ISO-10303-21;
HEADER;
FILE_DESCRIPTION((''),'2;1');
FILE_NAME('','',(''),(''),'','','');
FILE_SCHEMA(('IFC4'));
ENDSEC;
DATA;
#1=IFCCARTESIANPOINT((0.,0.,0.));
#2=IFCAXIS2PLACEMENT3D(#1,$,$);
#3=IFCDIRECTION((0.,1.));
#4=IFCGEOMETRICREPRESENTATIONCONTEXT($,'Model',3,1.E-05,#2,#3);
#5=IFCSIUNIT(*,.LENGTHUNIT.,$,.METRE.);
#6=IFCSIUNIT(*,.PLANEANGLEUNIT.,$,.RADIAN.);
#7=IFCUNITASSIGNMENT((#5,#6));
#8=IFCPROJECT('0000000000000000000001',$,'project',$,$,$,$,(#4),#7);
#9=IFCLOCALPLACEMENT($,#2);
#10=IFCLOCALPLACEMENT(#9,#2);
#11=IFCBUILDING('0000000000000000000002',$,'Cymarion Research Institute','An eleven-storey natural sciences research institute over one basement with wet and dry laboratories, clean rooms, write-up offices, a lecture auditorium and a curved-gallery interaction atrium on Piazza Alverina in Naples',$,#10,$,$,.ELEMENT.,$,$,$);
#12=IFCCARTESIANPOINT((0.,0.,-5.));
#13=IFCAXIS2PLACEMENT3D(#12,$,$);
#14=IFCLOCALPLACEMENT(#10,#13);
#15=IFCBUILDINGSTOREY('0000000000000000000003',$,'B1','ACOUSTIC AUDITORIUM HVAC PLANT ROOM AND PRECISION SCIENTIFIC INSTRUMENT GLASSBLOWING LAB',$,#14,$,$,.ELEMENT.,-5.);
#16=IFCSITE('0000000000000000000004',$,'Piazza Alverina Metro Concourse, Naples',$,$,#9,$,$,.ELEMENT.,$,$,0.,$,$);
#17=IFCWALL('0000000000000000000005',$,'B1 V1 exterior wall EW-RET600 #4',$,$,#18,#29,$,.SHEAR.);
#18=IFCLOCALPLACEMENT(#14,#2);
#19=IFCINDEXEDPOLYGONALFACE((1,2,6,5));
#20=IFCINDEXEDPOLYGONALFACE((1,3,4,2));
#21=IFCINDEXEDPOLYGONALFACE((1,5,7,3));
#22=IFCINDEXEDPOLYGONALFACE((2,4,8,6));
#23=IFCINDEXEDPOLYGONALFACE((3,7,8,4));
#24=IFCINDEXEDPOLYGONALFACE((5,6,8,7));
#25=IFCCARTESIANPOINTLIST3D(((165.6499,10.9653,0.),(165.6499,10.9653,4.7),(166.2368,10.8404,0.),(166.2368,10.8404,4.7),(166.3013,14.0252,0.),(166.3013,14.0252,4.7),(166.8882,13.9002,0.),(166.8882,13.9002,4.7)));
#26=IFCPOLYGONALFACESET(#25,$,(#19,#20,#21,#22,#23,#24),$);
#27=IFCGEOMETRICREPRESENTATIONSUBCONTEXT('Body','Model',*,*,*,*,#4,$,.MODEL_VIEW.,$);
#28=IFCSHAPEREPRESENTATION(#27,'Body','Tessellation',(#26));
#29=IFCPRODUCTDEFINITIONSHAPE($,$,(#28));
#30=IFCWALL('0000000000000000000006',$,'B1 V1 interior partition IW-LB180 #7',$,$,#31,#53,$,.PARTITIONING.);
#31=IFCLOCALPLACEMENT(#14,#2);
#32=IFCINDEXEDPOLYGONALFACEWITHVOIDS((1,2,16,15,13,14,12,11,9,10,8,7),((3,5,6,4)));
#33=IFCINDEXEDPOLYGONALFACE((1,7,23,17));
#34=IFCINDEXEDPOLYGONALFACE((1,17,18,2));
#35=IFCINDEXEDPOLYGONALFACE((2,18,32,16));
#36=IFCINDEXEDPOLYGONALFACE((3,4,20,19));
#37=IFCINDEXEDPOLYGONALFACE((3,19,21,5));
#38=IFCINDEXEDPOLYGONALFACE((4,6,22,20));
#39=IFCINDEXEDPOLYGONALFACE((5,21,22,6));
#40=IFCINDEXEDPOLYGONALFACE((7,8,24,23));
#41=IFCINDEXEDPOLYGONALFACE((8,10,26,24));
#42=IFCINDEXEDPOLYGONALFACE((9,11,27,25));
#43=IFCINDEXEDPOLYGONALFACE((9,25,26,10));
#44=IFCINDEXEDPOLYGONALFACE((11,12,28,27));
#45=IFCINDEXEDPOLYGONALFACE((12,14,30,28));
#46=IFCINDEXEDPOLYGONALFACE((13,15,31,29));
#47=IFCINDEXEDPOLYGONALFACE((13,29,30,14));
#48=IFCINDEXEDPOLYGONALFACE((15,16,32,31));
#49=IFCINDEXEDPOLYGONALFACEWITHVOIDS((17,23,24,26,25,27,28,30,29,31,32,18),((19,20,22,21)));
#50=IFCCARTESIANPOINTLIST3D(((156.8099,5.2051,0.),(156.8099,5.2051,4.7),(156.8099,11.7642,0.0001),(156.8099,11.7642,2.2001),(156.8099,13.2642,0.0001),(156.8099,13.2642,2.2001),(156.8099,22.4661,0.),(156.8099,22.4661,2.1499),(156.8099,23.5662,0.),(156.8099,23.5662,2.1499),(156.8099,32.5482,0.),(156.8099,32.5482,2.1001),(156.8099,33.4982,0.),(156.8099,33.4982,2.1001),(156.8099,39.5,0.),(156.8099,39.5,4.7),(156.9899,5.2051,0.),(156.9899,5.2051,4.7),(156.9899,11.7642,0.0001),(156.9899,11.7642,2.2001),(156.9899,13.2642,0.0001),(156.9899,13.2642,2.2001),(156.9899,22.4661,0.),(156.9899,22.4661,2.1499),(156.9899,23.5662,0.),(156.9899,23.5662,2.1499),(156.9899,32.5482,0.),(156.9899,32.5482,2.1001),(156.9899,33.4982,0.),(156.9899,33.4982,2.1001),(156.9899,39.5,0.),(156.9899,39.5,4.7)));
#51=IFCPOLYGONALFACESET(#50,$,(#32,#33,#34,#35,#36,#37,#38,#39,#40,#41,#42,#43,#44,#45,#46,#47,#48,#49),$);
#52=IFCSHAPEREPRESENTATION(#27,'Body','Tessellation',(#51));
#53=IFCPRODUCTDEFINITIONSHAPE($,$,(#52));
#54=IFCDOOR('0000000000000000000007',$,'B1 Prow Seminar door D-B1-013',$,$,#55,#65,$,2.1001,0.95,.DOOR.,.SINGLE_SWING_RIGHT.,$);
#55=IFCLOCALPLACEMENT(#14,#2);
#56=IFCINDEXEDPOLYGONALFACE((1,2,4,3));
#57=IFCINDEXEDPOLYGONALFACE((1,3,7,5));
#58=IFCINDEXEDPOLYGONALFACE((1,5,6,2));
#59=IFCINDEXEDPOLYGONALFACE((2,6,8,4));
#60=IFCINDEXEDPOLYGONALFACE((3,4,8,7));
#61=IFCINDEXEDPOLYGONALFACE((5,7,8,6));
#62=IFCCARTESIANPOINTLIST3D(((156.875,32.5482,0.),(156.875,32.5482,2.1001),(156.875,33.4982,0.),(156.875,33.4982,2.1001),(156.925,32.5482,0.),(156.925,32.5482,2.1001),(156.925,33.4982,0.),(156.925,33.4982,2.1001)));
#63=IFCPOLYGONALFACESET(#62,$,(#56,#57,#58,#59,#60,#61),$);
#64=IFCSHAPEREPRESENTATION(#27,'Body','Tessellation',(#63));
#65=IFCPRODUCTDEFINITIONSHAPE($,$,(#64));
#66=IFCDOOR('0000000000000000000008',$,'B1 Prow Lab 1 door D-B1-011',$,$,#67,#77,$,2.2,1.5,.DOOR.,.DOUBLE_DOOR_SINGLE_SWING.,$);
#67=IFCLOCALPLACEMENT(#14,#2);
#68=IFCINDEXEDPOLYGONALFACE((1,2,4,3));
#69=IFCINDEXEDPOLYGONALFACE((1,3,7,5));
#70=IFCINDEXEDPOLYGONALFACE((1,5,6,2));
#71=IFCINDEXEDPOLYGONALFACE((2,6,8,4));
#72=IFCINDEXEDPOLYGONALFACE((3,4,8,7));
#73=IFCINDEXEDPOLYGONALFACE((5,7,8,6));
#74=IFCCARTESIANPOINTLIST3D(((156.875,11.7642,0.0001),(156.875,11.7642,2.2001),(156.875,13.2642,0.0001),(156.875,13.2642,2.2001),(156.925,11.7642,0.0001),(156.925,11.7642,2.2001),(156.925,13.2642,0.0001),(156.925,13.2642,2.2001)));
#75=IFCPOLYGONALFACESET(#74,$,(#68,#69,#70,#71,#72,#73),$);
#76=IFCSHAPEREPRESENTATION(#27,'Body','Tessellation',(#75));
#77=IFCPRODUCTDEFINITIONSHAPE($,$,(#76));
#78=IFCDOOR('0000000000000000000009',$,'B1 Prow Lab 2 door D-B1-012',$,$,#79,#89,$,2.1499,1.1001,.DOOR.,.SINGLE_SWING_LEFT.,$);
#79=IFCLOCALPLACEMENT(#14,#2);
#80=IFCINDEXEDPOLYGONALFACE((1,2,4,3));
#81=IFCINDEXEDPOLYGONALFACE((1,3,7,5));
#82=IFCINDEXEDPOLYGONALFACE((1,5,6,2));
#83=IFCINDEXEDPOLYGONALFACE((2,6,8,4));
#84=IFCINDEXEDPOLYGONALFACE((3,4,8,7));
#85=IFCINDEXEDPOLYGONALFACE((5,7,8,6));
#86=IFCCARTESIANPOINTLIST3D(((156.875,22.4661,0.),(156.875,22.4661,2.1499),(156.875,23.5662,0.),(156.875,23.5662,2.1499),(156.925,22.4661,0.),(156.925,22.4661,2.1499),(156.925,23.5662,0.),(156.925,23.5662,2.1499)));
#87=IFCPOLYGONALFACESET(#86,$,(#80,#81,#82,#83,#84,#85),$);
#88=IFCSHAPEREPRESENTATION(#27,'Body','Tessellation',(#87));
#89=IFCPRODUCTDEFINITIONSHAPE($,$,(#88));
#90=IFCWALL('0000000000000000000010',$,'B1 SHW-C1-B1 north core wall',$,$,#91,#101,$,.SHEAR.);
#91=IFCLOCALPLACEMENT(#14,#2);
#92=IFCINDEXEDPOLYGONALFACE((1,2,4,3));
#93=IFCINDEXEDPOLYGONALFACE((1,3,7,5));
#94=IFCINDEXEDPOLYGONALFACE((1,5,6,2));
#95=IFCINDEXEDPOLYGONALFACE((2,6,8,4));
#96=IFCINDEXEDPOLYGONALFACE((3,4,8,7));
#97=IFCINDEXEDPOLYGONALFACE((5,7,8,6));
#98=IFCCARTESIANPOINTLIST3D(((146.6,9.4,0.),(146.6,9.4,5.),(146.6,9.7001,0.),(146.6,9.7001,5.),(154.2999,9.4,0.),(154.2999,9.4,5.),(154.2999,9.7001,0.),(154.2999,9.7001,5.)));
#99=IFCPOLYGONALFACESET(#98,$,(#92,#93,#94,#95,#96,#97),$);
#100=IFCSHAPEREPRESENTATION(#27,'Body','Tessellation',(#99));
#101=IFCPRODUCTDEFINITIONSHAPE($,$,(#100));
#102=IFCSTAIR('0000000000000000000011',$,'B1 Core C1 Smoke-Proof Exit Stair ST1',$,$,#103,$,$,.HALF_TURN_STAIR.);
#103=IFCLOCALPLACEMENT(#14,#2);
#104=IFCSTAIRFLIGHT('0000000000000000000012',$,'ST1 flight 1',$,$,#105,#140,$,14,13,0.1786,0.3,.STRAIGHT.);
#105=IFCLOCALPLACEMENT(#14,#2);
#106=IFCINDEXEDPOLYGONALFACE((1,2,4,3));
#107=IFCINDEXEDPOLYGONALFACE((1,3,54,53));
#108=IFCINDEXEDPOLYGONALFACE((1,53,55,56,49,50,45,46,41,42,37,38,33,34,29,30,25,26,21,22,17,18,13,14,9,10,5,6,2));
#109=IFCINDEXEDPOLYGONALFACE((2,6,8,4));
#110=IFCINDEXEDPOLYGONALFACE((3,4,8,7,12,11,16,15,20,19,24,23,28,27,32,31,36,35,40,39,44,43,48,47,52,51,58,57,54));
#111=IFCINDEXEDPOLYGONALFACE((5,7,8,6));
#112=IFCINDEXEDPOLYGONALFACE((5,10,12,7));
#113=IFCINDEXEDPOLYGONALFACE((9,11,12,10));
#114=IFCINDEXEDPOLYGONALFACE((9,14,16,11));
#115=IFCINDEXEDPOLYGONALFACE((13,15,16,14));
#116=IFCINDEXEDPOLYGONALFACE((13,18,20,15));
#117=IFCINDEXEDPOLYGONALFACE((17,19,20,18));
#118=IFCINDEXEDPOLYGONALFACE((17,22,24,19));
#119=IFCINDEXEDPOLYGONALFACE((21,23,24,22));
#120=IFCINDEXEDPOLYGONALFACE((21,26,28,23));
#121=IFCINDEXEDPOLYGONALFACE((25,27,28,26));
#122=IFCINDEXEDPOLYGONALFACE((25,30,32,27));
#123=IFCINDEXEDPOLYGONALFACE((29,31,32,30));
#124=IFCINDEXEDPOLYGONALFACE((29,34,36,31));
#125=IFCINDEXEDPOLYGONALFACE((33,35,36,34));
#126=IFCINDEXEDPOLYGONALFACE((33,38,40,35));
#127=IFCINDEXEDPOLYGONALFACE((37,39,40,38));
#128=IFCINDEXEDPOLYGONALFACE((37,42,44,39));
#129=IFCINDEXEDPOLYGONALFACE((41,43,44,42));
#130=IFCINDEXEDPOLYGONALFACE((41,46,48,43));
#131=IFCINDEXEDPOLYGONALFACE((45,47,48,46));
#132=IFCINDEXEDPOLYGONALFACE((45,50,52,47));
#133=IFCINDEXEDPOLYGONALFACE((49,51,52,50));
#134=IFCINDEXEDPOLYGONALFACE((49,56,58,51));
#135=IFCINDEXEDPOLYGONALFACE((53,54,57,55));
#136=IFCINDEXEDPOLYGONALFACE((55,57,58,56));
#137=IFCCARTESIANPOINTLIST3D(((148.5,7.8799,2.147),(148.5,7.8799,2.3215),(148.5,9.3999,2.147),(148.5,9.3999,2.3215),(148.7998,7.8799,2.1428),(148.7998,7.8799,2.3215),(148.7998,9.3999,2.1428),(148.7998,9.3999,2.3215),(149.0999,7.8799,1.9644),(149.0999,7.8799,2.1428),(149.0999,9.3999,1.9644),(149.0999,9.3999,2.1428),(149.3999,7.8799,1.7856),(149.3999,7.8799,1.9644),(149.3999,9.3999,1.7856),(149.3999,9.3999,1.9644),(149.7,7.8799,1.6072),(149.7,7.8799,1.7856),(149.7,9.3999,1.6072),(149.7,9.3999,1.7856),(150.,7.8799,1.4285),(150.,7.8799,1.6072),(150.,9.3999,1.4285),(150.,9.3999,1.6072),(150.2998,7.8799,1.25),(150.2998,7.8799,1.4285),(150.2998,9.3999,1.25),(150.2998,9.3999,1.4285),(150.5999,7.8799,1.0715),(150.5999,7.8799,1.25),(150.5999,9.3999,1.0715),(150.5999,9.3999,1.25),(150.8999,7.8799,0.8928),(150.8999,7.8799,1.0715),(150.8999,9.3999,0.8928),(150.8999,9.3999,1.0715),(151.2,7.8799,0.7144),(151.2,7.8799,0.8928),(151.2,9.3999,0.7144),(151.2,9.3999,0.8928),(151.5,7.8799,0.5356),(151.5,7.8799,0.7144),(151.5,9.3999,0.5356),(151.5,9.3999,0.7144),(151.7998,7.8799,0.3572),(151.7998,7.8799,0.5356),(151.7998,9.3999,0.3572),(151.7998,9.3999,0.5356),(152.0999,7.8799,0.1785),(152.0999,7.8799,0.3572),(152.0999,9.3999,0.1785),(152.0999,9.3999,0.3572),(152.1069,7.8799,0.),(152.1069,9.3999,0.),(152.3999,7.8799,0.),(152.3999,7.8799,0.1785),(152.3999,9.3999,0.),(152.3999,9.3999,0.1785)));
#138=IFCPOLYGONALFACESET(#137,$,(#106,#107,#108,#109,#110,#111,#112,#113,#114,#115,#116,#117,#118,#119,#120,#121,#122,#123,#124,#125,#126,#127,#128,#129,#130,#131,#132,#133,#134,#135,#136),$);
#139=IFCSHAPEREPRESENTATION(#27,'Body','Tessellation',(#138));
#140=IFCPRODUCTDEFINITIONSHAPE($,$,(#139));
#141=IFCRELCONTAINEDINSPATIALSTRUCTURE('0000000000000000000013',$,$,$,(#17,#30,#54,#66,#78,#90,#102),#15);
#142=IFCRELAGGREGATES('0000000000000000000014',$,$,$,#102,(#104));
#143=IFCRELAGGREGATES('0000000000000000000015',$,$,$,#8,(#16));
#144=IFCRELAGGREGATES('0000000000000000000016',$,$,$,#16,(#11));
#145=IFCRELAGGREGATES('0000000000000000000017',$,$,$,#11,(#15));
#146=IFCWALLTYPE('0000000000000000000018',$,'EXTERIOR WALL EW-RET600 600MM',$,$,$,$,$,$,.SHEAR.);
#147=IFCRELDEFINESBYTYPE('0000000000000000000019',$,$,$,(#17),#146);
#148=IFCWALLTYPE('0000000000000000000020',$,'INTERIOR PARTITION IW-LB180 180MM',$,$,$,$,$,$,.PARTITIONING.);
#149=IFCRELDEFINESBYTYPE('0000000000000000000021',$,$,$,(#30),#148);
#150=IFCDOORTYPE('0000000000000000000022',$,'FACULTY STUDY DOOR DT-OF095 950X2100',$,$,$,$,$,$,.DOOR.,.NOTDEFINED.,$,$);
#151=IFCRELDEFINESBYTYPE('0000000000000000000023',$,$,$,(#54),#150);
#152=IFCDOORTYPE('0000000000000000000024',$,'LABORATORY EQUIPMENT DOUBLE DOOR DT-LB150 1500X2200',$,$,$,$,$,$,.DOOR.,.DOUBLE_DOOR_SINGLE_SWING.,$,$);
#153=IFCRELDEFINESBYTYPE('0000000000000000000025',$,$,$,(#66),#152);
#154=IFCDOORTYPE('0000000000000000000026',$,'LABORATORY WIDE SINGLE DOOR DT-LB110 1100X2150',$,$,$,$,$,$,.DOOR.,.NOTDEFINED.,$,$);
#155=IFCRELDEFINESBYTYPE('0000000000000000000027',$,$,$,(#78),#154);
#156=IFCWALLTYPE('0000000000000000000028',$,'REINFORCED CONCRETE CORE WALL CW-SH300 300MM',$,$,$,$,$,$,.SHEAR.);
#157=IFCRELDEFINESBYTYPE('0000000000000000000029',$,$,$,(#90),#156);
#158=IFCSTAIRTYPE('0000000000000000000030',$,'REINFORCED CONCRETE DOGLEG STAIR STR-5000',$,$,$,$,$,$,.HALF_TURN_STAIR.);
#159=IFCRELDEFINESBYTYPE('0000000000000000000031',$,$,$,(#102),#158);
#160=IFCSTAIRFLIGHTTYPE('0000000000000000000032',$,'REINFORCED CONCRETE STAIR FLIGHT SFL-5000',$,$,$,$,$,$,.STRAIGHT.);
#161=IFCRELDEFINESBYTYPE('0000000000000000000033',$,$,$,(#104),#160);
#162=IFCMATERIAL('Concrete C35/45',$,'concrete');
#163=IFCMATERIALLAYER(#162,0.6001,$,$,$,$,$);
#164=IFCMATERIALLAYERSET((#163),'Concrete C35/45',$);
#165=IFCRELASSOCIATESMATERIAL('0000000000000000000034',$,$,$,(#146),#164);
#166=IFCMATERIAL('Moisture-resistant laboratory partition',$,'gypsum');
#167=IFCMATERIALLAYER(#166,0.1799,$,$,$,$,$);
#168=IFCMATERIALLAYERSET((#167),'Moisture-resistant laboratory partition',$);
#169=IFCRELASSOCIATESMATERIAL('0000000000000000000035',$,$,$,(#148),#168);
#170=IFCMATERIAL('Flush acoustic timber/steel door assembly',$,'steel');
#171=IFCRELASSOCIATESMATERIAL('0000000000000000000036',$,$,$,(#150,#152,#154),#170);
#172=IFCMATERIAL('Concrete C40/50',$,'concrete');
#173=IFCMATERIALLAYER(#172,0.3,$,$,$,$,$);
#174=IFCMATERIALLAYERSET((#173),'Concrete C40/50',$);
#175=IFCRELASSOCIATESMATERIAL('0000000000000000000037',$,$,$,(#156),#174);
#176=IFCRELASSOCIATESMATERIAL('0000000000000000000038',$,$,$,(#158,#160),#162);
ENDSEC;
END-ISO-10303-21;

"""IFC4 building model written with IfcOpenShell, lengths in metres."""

from ifc_helpers import new_model, si_unit, direction, frame, frame_2d, origin, place, context, subcontext, project, spatial, polyline, rectangle, outline, extrude, material, layer, layer_set, type_object, element, fill, aggregate, save


model = new_model("IFC4")

# Units and contexts
model_context = context("Model", 3, precision=1e-05, world=origin(), true_north=direction((0.0, 1.0)))
body_context = subcontext(model_context, "Body", "Model", "MODEL_VIEW")
ifc_project = project(units=[si_unit("LENGTHUNIT", "METRE"), si_unit("PLANEANGLEUNIT", "RADIAN")], contexts=[model_context])

# Site, building, storey
site_placement = place(None, origin())
site = spatial("IfcSite", under=ifc_project, at=site_placement, Name="Piazza Alverina Metro Concourse, Naples", CompositionType="ELEMENT", RefElevation=0.0)
building_placement = place(site_placement, origin())
building = spatial("IfcBuilding", under=site, at=building_placement, Name="Cymarion Research Institute", Description="An eleven-storey natural sciences research institute over one basement with wet and dry laboratories, clean rooms, write-up offices, a lecture auditorium and a curved-gallery interaction atrium on Piazza Alverina in Naples", CompositionType="ELEMENT")
storey_placement = place(building_placement, frame((0.0, 0.0, -5.0)))
storey = spatial("IfcBuildingStorey", under=building, at=storey_placement, Name="B1", Description="ACOUSTIC AUDITORIUM HVAC PLANT ROOM AND PRECISION SCIENTIFIC INSTRUMENT GLASSBLOWING LAB", CompositionType="ELEMENT", Elevation=-5.0)

# Shared definitions
ifc_material_1 = material(Name="Concrete C35/45", Category="concrete")

# Wall
ifc_layer_1 = layer(ifc_material_1, 0.6001)
ifc_layer_set_1 = layer_set([ifc_layer_1], Name="Concrete C35/45")
wall_type_1 = type_object("IfcWallType", Name="EXTERIOR WALL EW-RET600 600MM", PredefinedType="SHEAR", material=ifc_layer_set_1)
wall_1_placement = place(storey_placement, frame((165.9434, 10.9028, 0.0), z_axis=(0.0, 0.0, 1.0), x_axis=(0.208212, 0.978084, 0.0)))
element("IfcWall", 1, at=wall_1_placement, inside=storey, type_object=wall_type_1, Name="B1 V1 exterior wall EW-RET600 #4", PredefinedType="SHEAR", context=body_context, shape_type="SweptSolid", body=[
    extrude(rectangle(XDim=3.1284, YDim=0.6001, at=frame_2d((1.5642, 0.0))), origin(), (0.0, 0.0, 1.0), 4.7),
])

# Wall, openings, doors
ifc_material_2 = material(Name="Moisture-resistant laboratory partition", Category="gypsum")
ifc_layer_2 = layer(ifc_material_2, 0.1799)
ifc_layer_set_2 = layer_set([ifc_layer_2], Name="Moisture-resistant laboratory partition")
wall_type_2 = type_object("IfcWallType", Name="INTERIOR PARTITION IW-LB180 180MM", PredefinedType="PARTITIONING", material=ifc_layer_set_2)
wall_2_placement = place(storey_placement, frame((156.8999, 5.2051, 0.0), z_axis=(0.0, 0.0, 1.0), x_axis=(0.0, 1.0, 0.0)))
wall_2 = element("IfcWall", 2, at=wall_2_placement, inside=storey, type_object=wall_type_2, Name="B1 V1 interior partition IW-LB180 #7", PredefinedType="PARTITIONING", context=body_context, shape_type="SweptSolid", body=[
    extrude(rectangle(XDim=34.2949, YDim=0.1799, at=frame_2d((17.1475, 0.0))), origin(), (0.0, 0.0, 1.0), 4.7),
])
opening_1_placement = place(wall_2_placement, frame((6.5591, 0.0, 0.0)))
opening_1 = element("IfcOpeningElement", 3, at=opening_1_placement, cuts=wall_2, PredefinedType="OPENING", context=body_context, shape_type="SweptSolid", body=[
    extrude(rectangle(XDim=1.5, YDim=2.2, at=frame_2d((0.75, 1.1001))), frame((0.0, 0.0999, 0.0), z_axis=(0.0, -1.0, 0.0), x_axis=(1.0, 0.0, 0.0)), (0.0, 0.0, 1.0), 0.2),
])
opening_2_placement = place(wall_2_placement, frame((17.261, 0.0, 0.0)))
opening_2 = element("IfcOpeningElement", 4, at=opening_2_placement, cuts=wall_2, PredefinedType="OPENING", context=body_context, shape_type="SweptSolid", body=[
    extrude(rectangle(XDim=1.1001, YDim=2.1499, at=frame_2d((0.55, 1.075))), frame((0.0, 0.0999, 0.0), z_axis=(0.0, -1.0, 0.0), x_axis=(1.0, 0.0, 0.0)), (0.0, 0.0, 1.0), 0.2),
])
opening_3_placement = place(wall_2_placement, frame((27.343, 0.0, 0.0)))
opening_3 = element("IfcOpeningElement", 5, at=opening_3_placement, cuts=wall_2, PredefinedType="OPENING", context=body_context, shape_type="SweptSolid", body=[
    extrude(rectangle(XDim=0.95, YDim=2.1001, at=frame_2d((0.4751, 1.05))), frame((0.0, 0.0999, 0.0), z_axis=(0.0, -1.0, 0.0), x_axis=(1.0, 0.0, 0.0)), (0.0, 0.0, 1.0), 0.2),
])
ifc_material_3 = material(Name="Flush acoustic timber/steel door assembly", Category="steel")
door_type_1 = type_object("IfcDoorType", Name="FACULTY STUDY DOOR DT-OF095 950X2100", OperationType="NOTDEFINED", PredefinedType="DOOR", material=ifc_material_3)
door_1_placement = place(opening_3_placement, origin())
door_1 = element("IfcDoor", 6, at=door_1_placement, inside=storey, type_object=door_type_1, Name="B1 Prow Seminar door D-B1-013", OperationType="SINGLE_SWING_RIGHT", OverallHeight=2.1001, OverallWidth=0.95, PredefinedType="DOOR", context=body_context, shape_type="SweptSolid", body=[
    extrude(rectangle(XDim=0.95, YDim=2.1001, at=frame_2d((0.4751, 1.05))), frame((0.0, 0.0249, 0.0), z_axis=(0.0, -1.0, 0.0), x_axis=(1.0, 0.0, 0.0)), (0.0, 0.0, 1.0), 0.05),
])
fill(opening_3, door_1)
door_type_2 = type_object("IfcDoorType", Name="LABORATORY EQUIPMENT DOUBLE DOOR DT-LB150 1500X2200", OperationType="DOUBLE_DOOR_SINGLE_SWING", PredefinedType="DOOR", material=ifc_material_3)
door_2_placement = place(opening_1_placement, origin())
door_2 = element("IfcDoor", 7, at=door_2_placement, inside=storey, type_object=door_type_2, Name="B1 Prow Lab 1 door D-B1-011", OperationType="DOUBLE_DOOR_SINGLE_SWING", OverallHeight=2.2, OverallWidth=1.5, PredefinedType="DOOR", context=body_context, shape_type="SweptSolid", body=[
    extrude(rectangle(XDim=1.5, YDim=2.2, at=frame_2d((0.75, 1.1001))), frame((0.0, 0.0249, 0.0), z_axis=(0.0, -1.0, 0.0), x_axis=(1.0, 0.0, 0.0)), (0.0, 0.0, 1.0), 0.05),
])
fill(opening_1, door_2)
door_type_3 = type_object("IfcDoorType", Name="LABORATORY WIDE SINGLE DOOR DT-LB110 1100X2150", OperationType="NOTDEFINED", PredefinedType="DOOR", material=ifc_material_3)
door_3_placement = place(opening_2_placement, origin())
door_3 = element("IfcDoor", 8, at=door_3_placement, inside=storey, type_object=door_type_3, Name="B1 Prow Lab 2 door D-B1-012", OperationType="SINGLE_SWING_LEFT", OverallHeight=2.1499, OverallWidth=1.1001, PredefinedType="DOOR", context=body_context, shape_type="SweptSolid", body=[
    extrude(rectangle(XDim=1.1001, YDim=2.1499, at=frame_2d((0.55, 1.075))), frame((0.0, 0.0249, 0.0), z_axis=(0.0, -1.0, 0.0), x_axis=(1.0, 0.0, 0.0)), (0.0, 0.0, 1.0), 0.05),
])
fill(opening_2, door_3)

# Wall
ifc_material_4 = material(Name="Concrete C40/50", Category="concrete")
ifc_layer_3 = layer(ifc_material_4, 0.3)
ifc_layer_set_3 = layer_set([ifc_layer_3], Name="Concrete C40/50")
wall_type_3 = type_object("IfcWallType", Name="REINFORCED CONCRETE CORE WALL CW-SH300 300MM", PredefinedType="SHEAR", material=ifc_layer_set_3)
wall_3_placement = place(storey_placement, frame((154.3, 9.55, 0.0), z_axis=(0.0, 0.0, 1.0), x_axis=(-1.0, 0.0, 0.0)))
element("IfcWall", 9, at=wall_3_placement, inside=storey, type_object=wall_type_3, Name="B1 SHW-C1-B1 north core wall", PredefinedType="SHEAR", context=body_context, shape_type="SweptSolid", body=[
    extrude(rectangle(XDim=7.7, YDim=0.3, at=frame_2d((3.8501, 0.0))), origin(), (0.0, 0.0, 1.0), 5.0),
])

# Stair, stair flight
stair_type = type_object("IfcStairType", Name="REINFORCED CONCRETE DOGLEG STAIR STR-5000", PredefinedType="HALF_TURN_STAIR", material=ifc_material_1)
stair_placement = place(storey_placement, origin())
stair = element("IfcStair", 10, at=stair_placement, inside=storey, type_object=stair_type, Name="B1 Core C1 Smoke-Proof Exit Stair ST1", PredefinedType="HALF_TURN_STAIR")
stair_flight_type = type_object("IfcStairFlightType", Name="REINFORCED CONCRETE STAIR FLIGHT SFL-5000", PredefinedType="STRAIGHT", material=ifc_material_1)
stair_flight_placement = place(storey_placement, frame((152.3999, 8.6399, 0.0), z_axis=(0.0, 0.0, 1.0), x_axis=(-1.0, 0.0, 0.0)))
stair_flight = element("IfcStairFlight", 11, at=stair_flight_placement, type_object=stair_flight_type, Name="ST1 flight 1", NumberOfRisers=14, NumberOfTreads=13, PredefinedType="STRAIGHT", RiserHeight=0.1786, TreadLength=0.3, context=body_context, shape_type="SweptSolid", body=[
    extrude(outline(polyline([(0.0, 0.0), (0.0, 0.1785), (0.3, 0.1785), (0.3, 0.3572), (0.6001, 0.3572), (0.6001, 0.5356), (0.8999, 0.5356), (0.8999, 0.7144), (1.2, 0.7144), (1.2, 0.8928), (1.5, 0.8928), (1.5, 1.0715), (1.8, 1.0715), (1.8, 1.25), (2.1001, 1.25), (2.1001, 1.4285), (2.3999, 1.4285), (2.3999, 1.6072), (2.7, 1.6072), (2.7, 1.7856), (3.0, 1.7856), (3.0, 1.9644), (3.3, 1.9644), (3.3, 2.1428), (3.6001, 2.1428), (3.6001, 2.3215), (3.8999, 2.3215), (3.8999, 2.5), (3.8999, 2.147), (0.293, 0.0), (0.0, 0.0)])), frame((0.0, 0.76, 0.0), z_axis=(0.0, -1.0, 0.0), x_axis=(1.0, 0.0, 0.0)), (0.0, 0.0, 1.0), 1.52),
])
aggregate(stair, [stair_flight])

save(model, "model.ifc")
